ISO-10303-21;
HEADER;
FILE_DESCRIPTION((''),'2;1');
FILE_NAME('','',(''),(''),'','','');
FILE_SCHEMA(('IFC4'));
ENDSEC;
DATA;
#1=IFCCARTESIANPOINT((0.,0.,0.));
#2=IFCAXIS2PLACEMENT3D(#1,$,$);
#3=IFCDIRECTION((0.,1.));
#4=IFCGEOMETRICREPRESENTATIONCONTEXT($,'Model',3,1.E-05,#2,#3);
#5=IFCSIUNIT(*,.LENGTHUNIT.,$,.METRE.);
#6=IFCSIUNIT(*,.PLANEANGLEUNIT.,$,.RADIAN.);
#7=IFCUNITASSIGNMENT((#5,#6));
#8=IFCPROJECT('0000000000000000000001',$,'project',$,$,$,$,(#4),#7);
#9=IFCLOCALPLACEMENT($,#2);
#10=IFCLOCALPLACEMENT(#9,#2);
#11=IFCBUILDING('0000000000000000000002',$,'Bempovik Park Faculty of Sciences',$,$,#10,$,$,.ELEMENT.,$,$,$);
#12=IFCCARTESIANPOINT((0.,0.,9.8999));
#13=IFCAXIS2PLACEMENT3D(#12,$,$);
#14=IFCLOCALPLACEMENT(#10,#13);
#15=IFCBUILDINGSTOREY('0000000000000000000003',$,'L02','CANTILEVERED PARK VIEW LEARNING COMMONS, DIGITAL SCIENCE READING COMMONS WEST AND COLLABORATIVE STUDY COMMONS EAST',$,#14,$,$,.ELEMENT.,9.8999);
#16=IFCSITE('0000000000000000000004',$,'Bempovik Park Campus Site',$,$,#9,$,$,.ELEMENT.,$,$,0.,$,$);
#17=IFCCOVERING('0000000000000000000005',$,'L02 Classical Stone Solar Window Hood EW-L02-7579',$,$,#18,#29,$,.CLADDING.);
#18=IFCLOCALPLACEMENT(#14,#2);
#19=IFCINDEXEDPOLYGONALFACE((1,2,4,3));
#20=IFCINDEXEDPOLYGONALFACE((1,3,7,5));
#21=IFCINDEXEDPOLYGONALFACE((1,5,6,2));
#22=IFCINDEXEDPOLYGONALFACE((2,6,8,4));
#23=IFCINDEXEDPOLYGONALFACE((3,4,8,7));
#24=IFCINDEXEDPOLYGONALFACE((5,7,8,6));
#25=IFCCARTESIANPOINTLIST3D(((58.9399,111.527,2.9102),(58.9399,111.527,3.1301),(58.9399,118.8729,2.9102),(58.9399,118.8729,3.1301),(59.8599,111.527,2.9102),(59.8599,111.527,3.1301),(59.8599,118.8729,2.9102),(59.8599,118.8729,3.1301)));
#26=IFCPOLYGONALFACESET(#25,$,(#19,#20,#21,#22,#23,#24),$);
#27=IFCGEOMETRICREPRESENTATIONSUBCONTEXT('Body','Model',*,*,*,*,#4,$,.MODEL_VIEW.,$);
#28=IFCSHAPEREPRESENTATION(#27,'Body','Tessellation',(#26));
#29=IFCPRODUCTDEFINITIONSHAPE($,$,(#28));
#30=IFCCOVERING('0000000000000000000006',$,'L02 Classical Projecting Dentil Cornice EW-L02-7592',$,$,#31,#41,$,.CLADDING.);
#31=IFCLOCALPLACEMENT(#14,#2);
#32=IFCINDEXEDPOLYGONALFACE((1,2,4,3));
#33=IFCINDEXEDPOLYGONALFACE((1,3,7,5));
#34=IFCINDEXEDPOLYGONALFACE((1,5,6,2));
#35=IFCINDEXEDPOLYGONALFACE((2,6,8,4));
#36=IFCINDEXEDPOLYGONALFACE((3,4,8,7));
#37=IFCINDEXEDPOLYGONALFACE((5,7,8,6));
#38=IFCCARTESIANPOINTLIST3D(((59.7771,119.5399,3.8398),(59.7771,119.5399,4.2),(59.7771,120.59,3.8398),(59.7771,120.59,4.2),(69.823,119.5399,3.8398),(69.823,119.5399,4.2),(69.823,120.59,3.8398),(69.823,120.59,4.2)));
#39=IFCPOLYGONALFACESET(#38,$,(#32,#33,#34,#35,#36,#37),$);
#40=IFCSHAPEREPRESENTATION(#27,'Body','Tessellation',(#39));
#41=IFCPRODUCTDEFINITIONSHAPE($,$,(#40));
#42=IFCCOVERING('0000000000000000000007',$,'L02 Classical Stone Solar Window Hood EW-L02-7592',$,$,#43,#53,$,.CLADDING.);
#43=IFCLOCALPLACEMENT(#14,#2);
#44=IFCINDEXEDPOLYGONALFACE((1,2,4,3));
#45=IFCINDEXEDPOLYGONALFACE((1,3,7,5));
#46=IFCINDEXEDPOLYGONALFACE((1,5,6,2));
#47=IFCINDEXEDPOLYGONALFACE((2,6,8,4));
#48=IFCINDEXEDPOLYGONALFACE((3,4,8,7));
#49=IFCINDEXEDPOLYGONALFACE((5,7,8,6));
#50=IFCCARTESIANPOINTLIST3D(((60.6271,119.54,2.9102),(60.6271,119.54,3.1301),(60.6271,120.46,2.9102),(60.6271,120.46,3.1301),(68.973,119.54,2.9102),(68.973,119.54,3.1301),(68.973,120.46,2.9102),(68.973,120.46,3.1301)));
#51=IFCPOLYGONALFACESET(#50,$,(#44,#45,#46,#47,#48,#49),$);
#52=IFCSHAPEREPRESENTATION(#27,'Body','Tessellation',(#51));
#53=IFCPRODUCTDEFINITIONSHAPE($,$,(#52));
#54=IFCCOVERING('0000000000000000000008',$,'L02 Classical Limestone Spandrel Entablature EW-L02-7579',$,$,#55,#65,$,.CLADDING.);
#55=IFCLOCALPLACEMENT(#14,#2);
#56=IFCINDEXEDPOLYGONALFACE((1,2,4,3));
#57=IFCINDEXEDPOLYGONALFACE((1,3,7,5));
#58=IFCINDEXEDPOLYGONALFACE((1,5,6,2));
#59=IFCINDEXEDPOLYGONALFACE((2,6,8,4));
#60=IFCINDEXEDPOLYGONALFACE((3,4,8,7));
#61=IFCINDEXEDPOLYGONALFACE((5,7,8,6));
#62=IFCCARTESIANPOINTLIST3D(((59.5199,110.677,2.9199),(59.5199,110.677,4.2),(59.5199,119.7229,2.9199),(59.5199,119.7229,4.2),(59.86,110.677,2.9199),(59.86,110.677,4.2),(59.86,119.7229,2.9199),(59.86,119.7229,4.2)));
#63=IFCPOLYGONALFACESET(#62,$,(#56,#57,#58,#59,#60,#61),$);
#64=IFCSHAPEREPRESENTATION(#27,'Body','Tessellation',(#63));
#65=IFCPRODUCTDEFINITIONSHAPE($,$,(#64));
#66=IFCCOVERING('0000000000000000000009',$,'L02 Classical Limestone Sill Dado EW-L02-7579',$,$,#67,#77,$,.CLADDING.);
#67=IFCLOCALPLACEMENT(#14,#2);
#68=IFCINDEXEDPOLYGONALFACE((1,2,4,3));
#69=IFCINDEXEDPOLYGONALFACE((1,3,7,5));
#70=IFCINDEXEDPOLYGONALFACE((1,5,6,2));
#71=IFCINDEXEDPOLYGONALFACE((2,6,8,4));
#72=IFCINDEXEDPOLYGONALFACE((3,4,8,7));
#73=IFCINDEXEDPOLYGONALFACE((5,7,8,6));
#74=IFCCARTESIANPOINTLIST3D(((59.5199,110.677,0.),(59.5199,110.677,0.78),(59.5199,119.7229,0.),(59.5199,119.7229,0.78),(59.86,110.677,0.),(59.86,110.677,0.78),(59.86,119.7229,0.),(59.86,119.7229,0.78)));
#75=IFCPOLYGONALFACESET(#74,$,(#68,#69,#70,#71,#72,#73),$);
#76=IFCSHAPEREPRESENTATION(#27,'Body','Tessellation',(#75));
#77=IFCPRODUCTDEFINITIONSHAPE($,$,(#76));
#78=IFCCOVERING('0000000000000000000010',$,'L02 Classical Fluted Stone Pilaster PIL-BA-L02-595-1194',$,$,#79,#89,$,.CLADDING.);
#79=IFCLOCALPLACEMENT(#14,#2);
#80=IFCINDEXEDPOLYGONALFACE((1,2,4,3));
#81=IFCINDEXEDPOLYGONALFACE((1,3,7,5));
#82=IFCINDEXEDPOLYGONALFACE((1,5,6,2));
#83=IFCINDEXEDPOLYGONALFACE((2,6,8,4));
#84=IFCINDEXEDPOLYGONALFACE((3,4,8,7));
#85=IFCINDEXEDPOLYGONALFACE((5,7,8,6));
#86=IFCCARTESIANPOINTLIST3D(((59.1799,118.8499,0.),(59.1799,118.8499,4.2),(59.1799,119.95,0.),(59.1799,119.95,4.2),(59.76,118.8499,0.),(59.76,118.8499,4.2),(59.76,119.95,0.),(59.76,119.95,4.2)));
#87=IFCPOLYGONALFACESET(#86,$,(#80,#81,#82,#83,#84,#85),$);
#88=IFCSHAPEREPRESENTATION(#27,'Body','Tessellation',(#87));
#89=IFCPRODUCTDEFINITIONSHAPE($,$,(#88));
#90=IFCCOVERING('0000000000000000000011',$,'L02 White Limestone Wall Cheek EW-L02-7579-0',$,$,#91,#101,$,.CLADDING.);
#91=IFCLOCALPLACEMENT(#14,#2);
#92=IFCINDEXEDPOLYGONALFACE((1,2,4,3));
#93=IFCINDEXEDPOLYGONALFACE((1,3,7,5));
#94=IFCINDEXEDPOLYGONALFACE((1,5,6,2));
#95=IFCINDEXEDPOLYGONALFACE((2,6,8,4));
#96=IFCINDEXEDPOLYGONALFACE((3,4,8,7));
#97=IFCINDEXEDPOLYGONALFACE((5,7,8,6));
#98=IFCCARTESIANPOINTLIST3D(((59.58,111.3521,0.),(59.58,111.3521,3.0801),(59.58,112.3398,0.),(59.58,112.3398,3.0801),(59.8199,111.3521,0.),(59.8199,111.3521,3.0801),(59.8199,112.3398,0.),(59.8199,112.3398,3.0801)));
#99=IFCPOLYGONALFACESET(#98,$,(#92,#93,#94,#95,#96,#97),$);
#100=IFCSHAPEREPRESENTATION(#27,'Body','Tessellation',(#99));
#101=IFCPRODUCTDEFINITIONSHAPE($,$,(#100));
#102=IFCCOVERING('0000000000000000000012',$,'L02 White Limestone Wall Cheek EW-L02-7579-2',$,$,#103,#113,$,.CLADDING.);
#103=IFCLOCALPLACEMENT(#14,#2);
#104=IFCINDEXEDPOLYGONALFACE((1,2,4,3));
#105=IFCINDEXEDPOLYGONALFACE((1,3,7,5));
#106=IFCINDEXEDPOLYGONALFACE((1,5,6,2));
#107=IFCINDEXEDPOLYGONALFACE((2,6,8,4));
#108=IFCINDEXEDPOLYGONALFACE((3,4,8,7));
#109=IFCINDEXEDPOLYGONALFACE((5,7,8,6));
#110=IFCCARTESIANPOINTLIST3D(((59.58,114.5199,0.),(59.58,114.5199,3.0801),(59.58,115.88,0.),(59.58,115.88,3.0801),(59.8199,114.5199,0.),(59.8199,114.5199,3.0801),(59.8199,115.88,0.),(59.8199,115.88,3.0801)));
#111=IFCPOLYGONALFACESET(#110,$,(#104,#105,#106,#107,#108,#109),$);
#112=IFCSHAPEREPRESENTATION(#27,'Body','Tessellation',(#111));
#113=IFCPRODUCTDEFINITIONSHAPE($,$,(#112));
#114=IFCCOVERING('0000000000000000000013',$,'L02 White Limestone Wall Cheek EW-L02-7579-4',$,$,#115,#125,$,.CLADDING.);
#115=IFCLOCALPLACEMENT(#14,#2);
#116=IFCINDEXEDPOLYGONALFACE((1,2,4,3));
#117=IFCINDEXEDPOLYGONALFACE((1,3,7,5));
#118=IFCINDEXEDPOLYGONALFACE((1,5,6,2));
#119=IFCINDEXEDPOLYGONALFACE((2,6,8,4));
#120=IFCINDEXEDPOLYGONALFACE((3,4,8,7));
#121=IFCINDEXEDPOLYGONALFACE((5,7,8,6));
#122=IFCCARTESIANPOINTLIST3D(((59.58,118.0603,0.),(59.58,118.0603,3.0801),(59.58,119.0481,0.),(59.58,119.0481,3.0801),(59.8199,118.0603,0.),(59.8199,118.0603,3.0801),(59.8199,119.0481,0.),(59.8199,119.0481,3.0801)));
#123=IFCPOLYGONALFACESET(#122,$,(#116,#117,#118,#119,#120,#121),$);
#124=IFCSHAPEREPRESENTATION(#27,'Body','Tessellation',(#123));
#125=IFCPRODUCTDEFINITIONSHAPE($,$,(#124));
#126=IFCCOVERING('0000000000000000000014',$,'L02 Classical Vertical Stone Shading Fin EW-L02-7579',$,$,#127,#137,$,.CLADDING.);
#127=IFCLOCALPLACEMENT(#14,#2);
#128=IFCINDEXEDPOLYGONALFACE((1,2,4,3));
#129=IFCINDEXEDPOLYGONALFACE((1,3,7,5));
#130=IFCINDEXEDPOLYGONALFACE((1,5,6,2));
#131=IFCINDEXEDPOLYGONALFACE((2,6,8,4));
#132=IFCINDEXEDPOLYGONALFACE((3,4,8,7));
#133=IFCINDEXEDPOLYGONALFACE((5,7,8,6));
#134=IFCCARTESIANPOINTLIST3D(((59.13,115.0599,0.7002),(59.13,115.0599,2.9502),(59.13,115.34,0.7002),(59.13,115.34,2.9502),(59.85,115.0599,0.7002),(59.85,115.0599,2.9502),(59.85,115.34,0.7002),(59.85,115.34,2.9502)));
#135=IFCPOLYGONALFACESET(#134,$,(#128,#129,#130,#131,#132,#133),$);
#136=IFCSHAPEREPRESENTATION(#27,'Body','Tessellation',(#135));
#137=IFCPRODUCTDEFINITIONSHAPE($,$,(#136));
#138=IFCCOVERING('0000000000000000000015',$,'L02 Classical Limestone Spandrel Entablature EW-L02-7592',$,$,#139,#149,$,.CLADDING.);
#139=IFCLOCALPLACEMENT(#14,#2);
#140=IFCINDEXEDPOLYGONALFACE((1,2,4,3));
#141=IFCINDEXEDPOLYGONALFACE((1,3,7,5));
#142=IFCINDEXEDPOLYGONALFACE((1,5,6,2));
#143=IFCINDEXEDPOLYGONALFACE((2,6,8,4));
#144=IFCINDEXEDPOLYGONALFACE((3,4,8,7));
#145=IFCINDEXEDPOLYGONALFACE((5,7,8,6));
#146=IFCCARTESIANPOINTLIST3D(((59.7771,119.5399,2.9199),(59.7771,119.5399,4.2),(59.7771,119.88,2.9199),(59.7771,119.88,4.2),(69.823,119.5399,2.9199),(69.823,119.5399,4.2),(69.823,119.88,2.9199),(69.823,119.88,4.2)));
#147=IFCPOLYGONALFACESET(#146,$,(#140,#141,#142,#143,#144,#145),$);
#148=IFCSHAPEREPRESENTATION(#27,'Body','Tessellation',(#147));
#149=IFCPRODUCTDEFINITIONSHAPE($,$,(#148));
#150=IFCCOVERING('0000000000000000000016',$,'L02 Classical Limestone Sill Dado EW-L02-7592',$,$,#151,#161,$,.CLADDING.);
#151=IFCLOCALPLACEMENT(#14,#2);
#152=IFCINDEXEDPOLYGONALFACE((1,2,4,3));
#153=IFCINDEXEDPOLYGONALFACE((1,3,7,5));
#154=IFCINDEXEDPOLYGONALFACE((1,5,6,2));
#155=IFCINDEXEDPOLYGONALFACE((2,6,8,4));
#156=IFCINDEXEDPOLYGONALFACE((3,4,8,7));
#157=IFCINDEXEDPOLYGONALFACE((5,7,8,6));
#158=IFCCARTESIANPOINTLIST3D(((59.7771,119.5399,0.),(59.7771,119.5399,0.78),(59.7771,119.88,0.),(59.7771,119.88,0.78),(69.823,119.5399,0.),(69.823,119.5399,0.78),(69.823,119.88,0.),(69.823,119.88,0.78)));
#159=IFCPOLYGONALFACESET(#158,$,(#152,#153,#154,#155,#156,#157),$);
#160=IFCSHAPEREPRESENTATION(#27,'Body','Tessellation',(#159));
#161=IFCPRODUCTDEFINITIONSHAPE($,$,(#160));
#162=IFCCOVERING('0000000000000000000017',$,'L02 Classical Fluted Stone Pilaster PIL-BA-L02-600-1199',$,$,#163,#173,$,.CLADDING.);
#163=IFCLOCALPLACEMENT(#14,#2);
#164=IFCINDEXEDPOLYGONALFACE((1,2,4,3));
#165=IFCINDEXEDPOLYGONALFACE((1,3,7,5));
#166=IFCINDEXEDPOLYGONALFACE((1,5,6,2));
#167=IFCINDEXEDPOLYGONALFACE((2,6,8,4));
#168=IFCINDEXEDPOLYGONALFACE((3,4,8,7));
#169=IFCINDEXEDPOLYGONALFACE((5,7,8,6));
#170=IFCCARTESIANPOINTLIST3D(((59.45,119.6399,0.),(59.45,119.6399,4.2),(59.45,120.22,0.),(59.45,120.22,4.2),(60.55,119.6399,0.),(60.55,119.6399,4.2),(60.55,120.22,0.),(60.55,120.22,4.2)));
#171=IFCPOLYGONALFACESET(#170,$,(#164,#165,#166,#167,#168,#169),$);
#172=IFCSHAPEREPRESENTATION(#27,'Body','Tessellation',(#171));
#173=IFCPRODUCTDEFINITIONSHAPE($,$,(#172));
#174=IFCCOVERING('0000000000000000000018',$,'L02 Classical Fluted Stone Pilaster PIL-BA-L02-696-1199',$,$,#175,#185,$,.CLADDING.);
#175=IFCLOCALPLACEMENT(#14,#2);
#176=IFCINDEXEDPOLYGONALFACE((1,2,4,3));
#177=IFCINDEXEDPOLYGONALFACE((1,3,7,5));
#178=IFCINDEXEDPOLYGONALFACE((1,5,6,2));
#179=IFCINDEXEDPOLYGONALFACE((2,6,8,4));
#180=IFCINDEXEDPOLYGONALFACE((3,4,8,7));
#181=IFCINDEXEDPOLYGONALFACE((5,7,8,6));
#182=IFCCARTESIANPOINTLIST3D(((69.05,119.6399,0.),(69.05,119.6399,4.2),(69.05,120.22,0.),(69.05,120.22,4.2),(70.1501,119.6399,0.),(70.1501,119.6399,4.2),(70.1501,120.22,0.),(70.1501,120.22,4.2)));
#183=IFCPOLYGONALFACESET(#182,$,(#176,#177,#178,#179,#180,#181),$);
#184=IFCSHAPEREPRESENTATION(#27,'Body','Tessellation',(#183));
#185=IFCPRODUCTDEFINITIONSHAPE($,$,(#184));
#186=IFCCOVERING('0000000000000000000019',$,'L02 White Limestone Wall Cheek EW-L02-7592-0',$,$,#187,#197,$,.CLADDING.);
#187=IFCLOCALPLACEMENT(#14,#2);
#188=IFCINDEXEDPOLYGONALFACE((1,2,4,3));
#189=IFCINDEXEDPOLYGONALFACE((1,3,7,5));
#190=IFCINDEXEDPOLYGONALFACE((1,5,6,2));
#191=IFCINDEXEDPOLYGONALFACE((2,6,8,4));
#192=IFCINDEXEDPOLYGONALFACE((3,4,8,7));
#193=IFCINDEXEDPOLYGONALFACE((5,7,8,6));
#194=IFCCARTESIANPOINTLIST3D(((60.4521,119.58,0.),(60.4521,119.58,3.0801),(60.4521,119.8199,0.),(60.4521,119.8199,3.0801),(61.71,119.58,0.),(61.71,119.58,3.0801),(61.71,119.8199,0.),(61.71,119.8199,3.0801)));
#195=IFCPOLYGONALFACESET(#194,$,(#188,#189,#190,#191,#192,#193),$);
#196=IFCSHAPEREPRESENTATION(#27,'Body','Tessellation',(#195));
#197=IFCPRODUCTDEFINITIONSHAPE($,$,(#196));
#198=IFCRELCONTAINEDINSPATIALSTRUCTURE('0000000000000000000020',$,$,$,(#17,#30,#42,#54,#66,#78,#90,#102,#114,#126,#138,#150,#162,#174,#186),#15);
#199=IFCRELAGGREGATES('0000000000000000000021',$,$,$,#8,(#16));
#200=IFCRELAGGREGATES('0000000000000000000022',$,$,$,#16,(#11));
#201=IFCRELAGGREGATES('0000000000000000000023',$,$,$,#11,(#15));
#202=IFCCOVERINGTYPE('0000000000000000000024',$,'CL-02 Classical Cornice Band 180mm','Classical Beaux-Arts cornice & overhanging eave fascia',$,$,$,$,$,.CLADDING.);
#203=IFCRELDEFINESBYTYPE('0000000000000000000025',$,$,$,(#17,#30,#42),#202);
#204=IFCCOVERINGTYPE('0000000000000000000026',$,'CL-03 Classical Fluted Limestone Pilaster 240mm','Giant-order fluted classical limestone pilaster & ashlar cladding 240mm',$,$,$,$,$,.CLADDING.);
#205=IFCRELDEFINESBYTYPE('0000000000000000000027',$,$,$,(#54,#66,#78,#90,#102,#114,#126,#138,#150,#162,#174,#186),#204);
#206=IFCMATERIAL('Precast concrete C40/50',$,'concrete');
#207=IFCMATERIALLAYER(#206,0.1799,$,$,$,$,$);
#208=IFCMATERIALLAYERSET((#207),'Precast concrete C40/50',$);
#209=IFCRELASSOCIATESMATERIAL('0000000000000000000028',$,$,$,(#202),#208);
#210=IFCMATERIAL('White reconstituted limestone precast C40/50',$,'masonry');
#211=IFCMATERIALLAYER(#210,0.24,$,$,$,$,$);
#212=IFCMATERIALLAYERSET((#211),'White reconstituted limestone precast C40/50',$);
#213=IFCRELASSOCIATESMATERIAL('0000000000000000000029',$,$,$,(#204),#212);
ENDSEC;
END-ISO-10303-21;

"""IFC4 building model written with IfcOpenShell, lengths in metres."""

from ifc_helpers import new_model, si_unit, direction, frame, origin, origin_2d, place, context, subcontext, project, spatial, rectangle, extrude, material, layer, layer_set, type_object, element, save


model = new_model("IFC4")

# Units and contexts
model_context = context("Model", 3, precision=1e-05, world=origin(), true_north=direction((0.0, 1.0)))
body_context = subcontext(model_context, "Body", "Model", "MODEL_VIEW")
ifc_project = project(units=[si_unit("LENGTHUNIT", "METRE"), si_unit("PLANEANGLEUNIT", "RADIAN")], contexts=[model_context])

# Site, building, storey
site_placement = place(None, origin())
site = spatial("IfcSite", under=ifc_project, at=site_placement, Name="Bempovik Park Campus Site", CompositionType="ELEMENT", RefElevation=0.0)
building_placement = place(site_placement, origin())
building = spatial("IfcBuilding", under=site, at=building_placement, Name="Bempovik Park Faculty of Sciences", CompositionType="ELEMENT")
storey_placement = place(building_placement, frame((0.0, 0.0, 9.8999)))
storey = spatial("IfcBuildingStorey", under=building, at=storey_placement, Name="L02", Description="CANTILEVERED PARK VIEW LEARNING COMMONS, DIGITAL SCIENCE READING COMMONS WEST AND COLLABORATIVE STUDY COMMONS EAST", CompositionType="ELEMENT", Elevation=9.8999)

# Shared definitions
ifc_material_1 = material(Name="Precast concrete C40/50", Category="concrete")

# Coverings
ifc_layer_1 = layer(ifc_material_1, 0.1799)
ifc_layer_set_1 = layer_set([ifc_layer_1], Name="Precast concrete C40/50")
covering_type_1 = type_object("IfcCoveringType", Name="CL-02 Classical Cornice Band 180mm", Description="Classical Beaux-Arts cornice & overhanging eave fascia", PredefinedType="CLADDING", material=ifc_layer_set_1)
covering_1_placement = place(storey_placement, frame((59.3999, 115.2, 2.9102), z_axis=(0.0, 0.0, 1.0), x_axis=(1.0, 0.0, 0.0)))
element("IfcCovering", 1, at=covering_1_placement, inside=storey, type_object=covering_type_1, Name="L02 Classical Stone Solar Window Hood EW-L02-7579", PredefinedType="CLADDING", context=body_context, shape_type="SweptSolid", body=[
    extrude(rectangle(XDim=0.9199, YDim=7.3459, at=origin_2d()), origin(), (0.0, 0.0, 1.0), 0.22),
])
covering_2_placement = place(storey_placement, frame((64.8, 120.0649, 3.8398), z_axis=(0.0, 0.0, 1.0), x_axis=(1.0, 0.0, 0.0)))
element("IfcCovering", 2, at=covering_2_placement, inside=storey, type_object=covering_type_1, Name="L02 Classical Projecting Dentil Cornice EW-L02-7592", PredefinedType="CLADDING", context=body_context, shape_type="SweptSolid", body=[
    extrude(rectangle(XDim=10.0459, YDim=1.05, at=origin_2d()), origin(), (0.0, 0.0, 1.0), 0.3601),
])
covering_3_placement = place(storey_placement, frame((64.8, 120.0, 2.9102), z_axis=(0.0, 0.0, 1.0), x_axis=(1.0, 0.0, 0.0)))
element("IfcCovering", 3, at=covering_3_placement, inside=storey, type_object=covering_type_1, Name="L02 Classical Stone Solar Window Hood EW-L02-7592", PredefinedType="CLADDING", context=body_context, shape_type="SweptSolid", body=[
    extrude(rectangle(XDim=8.3459, YDim=0.9199, at=origin_2d()), origin(), (0.0, 0.0, 1.0), 0.22),
])
ifc_material_2 = material(Name="White reconstituted limestone precast C40/50", Category="masonry")
ifc_layer_2 = layer(ifc_material_2, 0.24)
ifc_layer_set_2 = layer_set([ifc_layer_2], Name="White reconstituted limestone precast C40/50")
covering_type_2 = type_object("IfcCoveringType", Name="CL-03 Classical Fluted Limestone Pilaster 240mm", Description="Giant-order fluted classical limestone pilaster & ashlar cladding 240mm", PredefinedType="CLADDING", material=ifc_layer_set_2)
covering_4_placement = place(storey_placement, frame((59.6899, 115.2, 2.9199), z_axis=(0.0, 0.0, 1.0), x_axis=(1.0, 0.0, 0.0)))
element("IfcCovering", 4, at=covering_4_placement, inside=storey, type_object=covering_type_2, Name="L02 Classical Limestone Spandrel Entablature EW-L02-7579", PredefinedType="CLADDING", context=body_context, shape_type="SweptSolid", body=[
    extrude(rectangle(XDim=0.3401, YDim=9.0459, at=origin_2d()), origin(), (0.0, 0.0, 1.0), 1.28),
])
covering_5_placement = place(storey_placement, frame((59.6899, 115.2, 0.0), z_axis=(0.0, 0.0, 1.0), x_axis=(1.0, 0.0, 0.0)))
element("IfcCovering", 5, at=covering_5_placement, inside=storey, type_object=covering_type_2, Name="L02 Classical Limestone Sill Dado EW-L02-7579", PredefinedType="CLADDING", context=body_context, shape_type="SweptSolid", body=[
    extrude(rectangle(XDim=0.3401, YDim=9.0459, at=origin_2d()), origin(), (0.0, 0.0, 1.0), 0.78),
])
covering_6_placement = place(storey_placement, frame((59.47, 119.3999, 0.0), z_axis=(0.0, 0.0, 1.0), x_axis=(1.0, 0.0, 0.0)))
element("IfcCovering", 6, at=covering_6_placement, inside=storey, type_object=covering_type_2, Name="L02 Classical Fluted Stone Pilaster PIL-BA-L02-595-1194", PredefinedType="CLADDING", context=body_context, shape_type="SweptSolid", body=[
    extrude(rectangle(XDim=0.5801, YDim=1.1001, at=origin_2d()), origin(), (0.0, 0.0, 1.0), 4.2),
])
covering_7_placement = place(storey_placement, frame((59.7, 111.8459, 0.0), z_axis=(0.0, 0.0, 1.0), x_axis=(1.0, 0.0, 0.0)))
element("IfcCovering", 7, at=covering_7_placement, inside=storey, type_object=covering_type_2, Name="L02 White Limestone Wall Cheek EW-L02-7579-0", PredefinedType="CLADDING", context=body_context, shape_type="SweptSolid", body=[
    extrude(rectangle(XDim=0.24, YDim=0.9878, at=origin_2d()), origin(), (0.0, 0.0, 1.0), 3.0801),
])
covering_8_placement = place(storey_placement, frame((59.7, 115.2, 0.0), z_axis=(0.0, 0.0, 1.0), x_axis=(1.0, 0.0, 0.0)))
element("IfcCovering", 8, at=covering_8_placement, inside=storey, type_object=covering_type_2, Name="L02 White Limestone Wall Cheek EW-L02-7579-2", PredefinedType="CLADDING", context=body_context, shape_type="SweptSolid", body=[
    extrude(rectangle(XDim=0.24, YDim=1.3601, at=origin_2d()), origin(), (0.0, 0.0, 1.0), 3.0801),
])
covering_9_placement = place(storey_placement, frame((59.7, 118.5542, 0.0), z_axis=(0.0, 0.0, 1.0), x_axis=(1.0, 0.0, 0.0)))
element("IfcCovering", 9, at=covering_9_placement, inside=storey, type_object=covering_type_2, Name="L02 White Limestone Wall Cheek EW-L02-7579-4", PredefinedType="CLADDING", context=body_context, shape_type="SweptSolid", body=[
    extrude(rectangle(XDim=0.24, YDim=0.9878, at=origin_2d()), origin(), (0.0, 0.0, 1.0), 3.0801),
])
covering_10_placement = place(storey_placement, frame((59.49, 115.2, 0.7002), z_axis=(0.0, 0.0, 1.0), x_axis=(1.0, 0.0, 0.0)))
element("IfcCovering", 10, at=covering_10_placement, inside=storey, type_object=covering_type_2, Name="L02 Classical Vertical Stone Shading Fin EW-L02-7579", PredefinedType="CLADDING", context=body_context, shape_type="SweptSolid", body=[
    extrude(rectangle(XDim=0.72, YDim=0.28, at=origin_2d()), origin(), (0.0, 0.0, 1.0), 2.25),
])
covering_11_placement = place(storey_placement, frame((64.8, 119.71, 2.9199), z_axis=(0.0, 0.0, 1.0), x_axis=(1.0, 0.0, 0.0)))
element("IfcCovering", 11, at=covering_11_placement, inside=storey, type_object=covering_type_2, Name="L02 Classical Limestone Spandrel Entablature EW-L02-7592", PredefinedType="CLADDING", context=body_context, shape_type="SweptSolid", body=[
    extrude(rectangle(XDim=10.0459, YDim=0.3401, at=origin_2d()), origin(), (0.0, 0.0, 1.0), 1.28),
])
covering_12_placement = place(storey_placement, frame((64.8, 119.71, 0.0), z_axis=(0.0, 0.0, 1.0), x_axis=(1.0, 0.0, 0.0)))
element("IfcCovering", 12, at=covering_12_placement, inside=storey, type_object=covering_type_2, Name="L02 Classical Limestone Sill Dado EW-L02-7592", PredefinedType="CLADDING", context=body_context, shape_type="SweptSolid", body=[
    extrude(rectangle(XDim=10.0459, YDim=0.3401, at=origin_2d()), origin(), (0.0, 0.0, 1.0), 0.78),
])
for number, where, z_axis, x_axis, name in (
    (13, (60.0, 119.9299, 0.0), (0.0, 0.0, 1.0), (1.0, 0.0, 0.0), "L02 Classical Fluted Stone Pilaster PIL-BA-L02-600-1199"),
    (14, (69.6001, 119.9299, 0.0), (0.0, 0.0, 1.0), (1.0, 0.0, 0.0), "L02 Classical Fluted Stone Pilaster PIL-BA-L02-696-1199"),
):
    element("IfcCovering", number, at=place(storey_placement, frame(where, z_axis=z_axis, x_axis=x_axis)), inside=storey, type_object=covering_type_2, Name=name, PredefinedType="CLADDING", context=body_context, shape_type="SweptSolid", body=[
        extrude(rectangle(XDim=1.1001, YDim=0.5801, at=origin_2d()), origin(), (0.0, 0.0, 1.0), 4.2),
    ])
covering_13_placement = place(storey_placement, frame((61.0811, 119.7, 0.0), z_axis=(0.0, 0.0, 1.0), x_axis=(1.0, 0.0, 0.0)))
element("IfcCovering", 15, at=covering_13_placement, inside=storey, type_object=covering_type_2, Name="L02 White Limestone Wall Cheek EW-L02-7592-0", PredefinedType="CLADDING", context=body_context, shape_type="SweptSolid", body=[
    extrude(rectangle(XDim=1.2578, YDim=0.24, at=origin_2d()), origin(), (0.0, 0.0, 1.0), 3.0801),
])

save(model, "model.ifc")
